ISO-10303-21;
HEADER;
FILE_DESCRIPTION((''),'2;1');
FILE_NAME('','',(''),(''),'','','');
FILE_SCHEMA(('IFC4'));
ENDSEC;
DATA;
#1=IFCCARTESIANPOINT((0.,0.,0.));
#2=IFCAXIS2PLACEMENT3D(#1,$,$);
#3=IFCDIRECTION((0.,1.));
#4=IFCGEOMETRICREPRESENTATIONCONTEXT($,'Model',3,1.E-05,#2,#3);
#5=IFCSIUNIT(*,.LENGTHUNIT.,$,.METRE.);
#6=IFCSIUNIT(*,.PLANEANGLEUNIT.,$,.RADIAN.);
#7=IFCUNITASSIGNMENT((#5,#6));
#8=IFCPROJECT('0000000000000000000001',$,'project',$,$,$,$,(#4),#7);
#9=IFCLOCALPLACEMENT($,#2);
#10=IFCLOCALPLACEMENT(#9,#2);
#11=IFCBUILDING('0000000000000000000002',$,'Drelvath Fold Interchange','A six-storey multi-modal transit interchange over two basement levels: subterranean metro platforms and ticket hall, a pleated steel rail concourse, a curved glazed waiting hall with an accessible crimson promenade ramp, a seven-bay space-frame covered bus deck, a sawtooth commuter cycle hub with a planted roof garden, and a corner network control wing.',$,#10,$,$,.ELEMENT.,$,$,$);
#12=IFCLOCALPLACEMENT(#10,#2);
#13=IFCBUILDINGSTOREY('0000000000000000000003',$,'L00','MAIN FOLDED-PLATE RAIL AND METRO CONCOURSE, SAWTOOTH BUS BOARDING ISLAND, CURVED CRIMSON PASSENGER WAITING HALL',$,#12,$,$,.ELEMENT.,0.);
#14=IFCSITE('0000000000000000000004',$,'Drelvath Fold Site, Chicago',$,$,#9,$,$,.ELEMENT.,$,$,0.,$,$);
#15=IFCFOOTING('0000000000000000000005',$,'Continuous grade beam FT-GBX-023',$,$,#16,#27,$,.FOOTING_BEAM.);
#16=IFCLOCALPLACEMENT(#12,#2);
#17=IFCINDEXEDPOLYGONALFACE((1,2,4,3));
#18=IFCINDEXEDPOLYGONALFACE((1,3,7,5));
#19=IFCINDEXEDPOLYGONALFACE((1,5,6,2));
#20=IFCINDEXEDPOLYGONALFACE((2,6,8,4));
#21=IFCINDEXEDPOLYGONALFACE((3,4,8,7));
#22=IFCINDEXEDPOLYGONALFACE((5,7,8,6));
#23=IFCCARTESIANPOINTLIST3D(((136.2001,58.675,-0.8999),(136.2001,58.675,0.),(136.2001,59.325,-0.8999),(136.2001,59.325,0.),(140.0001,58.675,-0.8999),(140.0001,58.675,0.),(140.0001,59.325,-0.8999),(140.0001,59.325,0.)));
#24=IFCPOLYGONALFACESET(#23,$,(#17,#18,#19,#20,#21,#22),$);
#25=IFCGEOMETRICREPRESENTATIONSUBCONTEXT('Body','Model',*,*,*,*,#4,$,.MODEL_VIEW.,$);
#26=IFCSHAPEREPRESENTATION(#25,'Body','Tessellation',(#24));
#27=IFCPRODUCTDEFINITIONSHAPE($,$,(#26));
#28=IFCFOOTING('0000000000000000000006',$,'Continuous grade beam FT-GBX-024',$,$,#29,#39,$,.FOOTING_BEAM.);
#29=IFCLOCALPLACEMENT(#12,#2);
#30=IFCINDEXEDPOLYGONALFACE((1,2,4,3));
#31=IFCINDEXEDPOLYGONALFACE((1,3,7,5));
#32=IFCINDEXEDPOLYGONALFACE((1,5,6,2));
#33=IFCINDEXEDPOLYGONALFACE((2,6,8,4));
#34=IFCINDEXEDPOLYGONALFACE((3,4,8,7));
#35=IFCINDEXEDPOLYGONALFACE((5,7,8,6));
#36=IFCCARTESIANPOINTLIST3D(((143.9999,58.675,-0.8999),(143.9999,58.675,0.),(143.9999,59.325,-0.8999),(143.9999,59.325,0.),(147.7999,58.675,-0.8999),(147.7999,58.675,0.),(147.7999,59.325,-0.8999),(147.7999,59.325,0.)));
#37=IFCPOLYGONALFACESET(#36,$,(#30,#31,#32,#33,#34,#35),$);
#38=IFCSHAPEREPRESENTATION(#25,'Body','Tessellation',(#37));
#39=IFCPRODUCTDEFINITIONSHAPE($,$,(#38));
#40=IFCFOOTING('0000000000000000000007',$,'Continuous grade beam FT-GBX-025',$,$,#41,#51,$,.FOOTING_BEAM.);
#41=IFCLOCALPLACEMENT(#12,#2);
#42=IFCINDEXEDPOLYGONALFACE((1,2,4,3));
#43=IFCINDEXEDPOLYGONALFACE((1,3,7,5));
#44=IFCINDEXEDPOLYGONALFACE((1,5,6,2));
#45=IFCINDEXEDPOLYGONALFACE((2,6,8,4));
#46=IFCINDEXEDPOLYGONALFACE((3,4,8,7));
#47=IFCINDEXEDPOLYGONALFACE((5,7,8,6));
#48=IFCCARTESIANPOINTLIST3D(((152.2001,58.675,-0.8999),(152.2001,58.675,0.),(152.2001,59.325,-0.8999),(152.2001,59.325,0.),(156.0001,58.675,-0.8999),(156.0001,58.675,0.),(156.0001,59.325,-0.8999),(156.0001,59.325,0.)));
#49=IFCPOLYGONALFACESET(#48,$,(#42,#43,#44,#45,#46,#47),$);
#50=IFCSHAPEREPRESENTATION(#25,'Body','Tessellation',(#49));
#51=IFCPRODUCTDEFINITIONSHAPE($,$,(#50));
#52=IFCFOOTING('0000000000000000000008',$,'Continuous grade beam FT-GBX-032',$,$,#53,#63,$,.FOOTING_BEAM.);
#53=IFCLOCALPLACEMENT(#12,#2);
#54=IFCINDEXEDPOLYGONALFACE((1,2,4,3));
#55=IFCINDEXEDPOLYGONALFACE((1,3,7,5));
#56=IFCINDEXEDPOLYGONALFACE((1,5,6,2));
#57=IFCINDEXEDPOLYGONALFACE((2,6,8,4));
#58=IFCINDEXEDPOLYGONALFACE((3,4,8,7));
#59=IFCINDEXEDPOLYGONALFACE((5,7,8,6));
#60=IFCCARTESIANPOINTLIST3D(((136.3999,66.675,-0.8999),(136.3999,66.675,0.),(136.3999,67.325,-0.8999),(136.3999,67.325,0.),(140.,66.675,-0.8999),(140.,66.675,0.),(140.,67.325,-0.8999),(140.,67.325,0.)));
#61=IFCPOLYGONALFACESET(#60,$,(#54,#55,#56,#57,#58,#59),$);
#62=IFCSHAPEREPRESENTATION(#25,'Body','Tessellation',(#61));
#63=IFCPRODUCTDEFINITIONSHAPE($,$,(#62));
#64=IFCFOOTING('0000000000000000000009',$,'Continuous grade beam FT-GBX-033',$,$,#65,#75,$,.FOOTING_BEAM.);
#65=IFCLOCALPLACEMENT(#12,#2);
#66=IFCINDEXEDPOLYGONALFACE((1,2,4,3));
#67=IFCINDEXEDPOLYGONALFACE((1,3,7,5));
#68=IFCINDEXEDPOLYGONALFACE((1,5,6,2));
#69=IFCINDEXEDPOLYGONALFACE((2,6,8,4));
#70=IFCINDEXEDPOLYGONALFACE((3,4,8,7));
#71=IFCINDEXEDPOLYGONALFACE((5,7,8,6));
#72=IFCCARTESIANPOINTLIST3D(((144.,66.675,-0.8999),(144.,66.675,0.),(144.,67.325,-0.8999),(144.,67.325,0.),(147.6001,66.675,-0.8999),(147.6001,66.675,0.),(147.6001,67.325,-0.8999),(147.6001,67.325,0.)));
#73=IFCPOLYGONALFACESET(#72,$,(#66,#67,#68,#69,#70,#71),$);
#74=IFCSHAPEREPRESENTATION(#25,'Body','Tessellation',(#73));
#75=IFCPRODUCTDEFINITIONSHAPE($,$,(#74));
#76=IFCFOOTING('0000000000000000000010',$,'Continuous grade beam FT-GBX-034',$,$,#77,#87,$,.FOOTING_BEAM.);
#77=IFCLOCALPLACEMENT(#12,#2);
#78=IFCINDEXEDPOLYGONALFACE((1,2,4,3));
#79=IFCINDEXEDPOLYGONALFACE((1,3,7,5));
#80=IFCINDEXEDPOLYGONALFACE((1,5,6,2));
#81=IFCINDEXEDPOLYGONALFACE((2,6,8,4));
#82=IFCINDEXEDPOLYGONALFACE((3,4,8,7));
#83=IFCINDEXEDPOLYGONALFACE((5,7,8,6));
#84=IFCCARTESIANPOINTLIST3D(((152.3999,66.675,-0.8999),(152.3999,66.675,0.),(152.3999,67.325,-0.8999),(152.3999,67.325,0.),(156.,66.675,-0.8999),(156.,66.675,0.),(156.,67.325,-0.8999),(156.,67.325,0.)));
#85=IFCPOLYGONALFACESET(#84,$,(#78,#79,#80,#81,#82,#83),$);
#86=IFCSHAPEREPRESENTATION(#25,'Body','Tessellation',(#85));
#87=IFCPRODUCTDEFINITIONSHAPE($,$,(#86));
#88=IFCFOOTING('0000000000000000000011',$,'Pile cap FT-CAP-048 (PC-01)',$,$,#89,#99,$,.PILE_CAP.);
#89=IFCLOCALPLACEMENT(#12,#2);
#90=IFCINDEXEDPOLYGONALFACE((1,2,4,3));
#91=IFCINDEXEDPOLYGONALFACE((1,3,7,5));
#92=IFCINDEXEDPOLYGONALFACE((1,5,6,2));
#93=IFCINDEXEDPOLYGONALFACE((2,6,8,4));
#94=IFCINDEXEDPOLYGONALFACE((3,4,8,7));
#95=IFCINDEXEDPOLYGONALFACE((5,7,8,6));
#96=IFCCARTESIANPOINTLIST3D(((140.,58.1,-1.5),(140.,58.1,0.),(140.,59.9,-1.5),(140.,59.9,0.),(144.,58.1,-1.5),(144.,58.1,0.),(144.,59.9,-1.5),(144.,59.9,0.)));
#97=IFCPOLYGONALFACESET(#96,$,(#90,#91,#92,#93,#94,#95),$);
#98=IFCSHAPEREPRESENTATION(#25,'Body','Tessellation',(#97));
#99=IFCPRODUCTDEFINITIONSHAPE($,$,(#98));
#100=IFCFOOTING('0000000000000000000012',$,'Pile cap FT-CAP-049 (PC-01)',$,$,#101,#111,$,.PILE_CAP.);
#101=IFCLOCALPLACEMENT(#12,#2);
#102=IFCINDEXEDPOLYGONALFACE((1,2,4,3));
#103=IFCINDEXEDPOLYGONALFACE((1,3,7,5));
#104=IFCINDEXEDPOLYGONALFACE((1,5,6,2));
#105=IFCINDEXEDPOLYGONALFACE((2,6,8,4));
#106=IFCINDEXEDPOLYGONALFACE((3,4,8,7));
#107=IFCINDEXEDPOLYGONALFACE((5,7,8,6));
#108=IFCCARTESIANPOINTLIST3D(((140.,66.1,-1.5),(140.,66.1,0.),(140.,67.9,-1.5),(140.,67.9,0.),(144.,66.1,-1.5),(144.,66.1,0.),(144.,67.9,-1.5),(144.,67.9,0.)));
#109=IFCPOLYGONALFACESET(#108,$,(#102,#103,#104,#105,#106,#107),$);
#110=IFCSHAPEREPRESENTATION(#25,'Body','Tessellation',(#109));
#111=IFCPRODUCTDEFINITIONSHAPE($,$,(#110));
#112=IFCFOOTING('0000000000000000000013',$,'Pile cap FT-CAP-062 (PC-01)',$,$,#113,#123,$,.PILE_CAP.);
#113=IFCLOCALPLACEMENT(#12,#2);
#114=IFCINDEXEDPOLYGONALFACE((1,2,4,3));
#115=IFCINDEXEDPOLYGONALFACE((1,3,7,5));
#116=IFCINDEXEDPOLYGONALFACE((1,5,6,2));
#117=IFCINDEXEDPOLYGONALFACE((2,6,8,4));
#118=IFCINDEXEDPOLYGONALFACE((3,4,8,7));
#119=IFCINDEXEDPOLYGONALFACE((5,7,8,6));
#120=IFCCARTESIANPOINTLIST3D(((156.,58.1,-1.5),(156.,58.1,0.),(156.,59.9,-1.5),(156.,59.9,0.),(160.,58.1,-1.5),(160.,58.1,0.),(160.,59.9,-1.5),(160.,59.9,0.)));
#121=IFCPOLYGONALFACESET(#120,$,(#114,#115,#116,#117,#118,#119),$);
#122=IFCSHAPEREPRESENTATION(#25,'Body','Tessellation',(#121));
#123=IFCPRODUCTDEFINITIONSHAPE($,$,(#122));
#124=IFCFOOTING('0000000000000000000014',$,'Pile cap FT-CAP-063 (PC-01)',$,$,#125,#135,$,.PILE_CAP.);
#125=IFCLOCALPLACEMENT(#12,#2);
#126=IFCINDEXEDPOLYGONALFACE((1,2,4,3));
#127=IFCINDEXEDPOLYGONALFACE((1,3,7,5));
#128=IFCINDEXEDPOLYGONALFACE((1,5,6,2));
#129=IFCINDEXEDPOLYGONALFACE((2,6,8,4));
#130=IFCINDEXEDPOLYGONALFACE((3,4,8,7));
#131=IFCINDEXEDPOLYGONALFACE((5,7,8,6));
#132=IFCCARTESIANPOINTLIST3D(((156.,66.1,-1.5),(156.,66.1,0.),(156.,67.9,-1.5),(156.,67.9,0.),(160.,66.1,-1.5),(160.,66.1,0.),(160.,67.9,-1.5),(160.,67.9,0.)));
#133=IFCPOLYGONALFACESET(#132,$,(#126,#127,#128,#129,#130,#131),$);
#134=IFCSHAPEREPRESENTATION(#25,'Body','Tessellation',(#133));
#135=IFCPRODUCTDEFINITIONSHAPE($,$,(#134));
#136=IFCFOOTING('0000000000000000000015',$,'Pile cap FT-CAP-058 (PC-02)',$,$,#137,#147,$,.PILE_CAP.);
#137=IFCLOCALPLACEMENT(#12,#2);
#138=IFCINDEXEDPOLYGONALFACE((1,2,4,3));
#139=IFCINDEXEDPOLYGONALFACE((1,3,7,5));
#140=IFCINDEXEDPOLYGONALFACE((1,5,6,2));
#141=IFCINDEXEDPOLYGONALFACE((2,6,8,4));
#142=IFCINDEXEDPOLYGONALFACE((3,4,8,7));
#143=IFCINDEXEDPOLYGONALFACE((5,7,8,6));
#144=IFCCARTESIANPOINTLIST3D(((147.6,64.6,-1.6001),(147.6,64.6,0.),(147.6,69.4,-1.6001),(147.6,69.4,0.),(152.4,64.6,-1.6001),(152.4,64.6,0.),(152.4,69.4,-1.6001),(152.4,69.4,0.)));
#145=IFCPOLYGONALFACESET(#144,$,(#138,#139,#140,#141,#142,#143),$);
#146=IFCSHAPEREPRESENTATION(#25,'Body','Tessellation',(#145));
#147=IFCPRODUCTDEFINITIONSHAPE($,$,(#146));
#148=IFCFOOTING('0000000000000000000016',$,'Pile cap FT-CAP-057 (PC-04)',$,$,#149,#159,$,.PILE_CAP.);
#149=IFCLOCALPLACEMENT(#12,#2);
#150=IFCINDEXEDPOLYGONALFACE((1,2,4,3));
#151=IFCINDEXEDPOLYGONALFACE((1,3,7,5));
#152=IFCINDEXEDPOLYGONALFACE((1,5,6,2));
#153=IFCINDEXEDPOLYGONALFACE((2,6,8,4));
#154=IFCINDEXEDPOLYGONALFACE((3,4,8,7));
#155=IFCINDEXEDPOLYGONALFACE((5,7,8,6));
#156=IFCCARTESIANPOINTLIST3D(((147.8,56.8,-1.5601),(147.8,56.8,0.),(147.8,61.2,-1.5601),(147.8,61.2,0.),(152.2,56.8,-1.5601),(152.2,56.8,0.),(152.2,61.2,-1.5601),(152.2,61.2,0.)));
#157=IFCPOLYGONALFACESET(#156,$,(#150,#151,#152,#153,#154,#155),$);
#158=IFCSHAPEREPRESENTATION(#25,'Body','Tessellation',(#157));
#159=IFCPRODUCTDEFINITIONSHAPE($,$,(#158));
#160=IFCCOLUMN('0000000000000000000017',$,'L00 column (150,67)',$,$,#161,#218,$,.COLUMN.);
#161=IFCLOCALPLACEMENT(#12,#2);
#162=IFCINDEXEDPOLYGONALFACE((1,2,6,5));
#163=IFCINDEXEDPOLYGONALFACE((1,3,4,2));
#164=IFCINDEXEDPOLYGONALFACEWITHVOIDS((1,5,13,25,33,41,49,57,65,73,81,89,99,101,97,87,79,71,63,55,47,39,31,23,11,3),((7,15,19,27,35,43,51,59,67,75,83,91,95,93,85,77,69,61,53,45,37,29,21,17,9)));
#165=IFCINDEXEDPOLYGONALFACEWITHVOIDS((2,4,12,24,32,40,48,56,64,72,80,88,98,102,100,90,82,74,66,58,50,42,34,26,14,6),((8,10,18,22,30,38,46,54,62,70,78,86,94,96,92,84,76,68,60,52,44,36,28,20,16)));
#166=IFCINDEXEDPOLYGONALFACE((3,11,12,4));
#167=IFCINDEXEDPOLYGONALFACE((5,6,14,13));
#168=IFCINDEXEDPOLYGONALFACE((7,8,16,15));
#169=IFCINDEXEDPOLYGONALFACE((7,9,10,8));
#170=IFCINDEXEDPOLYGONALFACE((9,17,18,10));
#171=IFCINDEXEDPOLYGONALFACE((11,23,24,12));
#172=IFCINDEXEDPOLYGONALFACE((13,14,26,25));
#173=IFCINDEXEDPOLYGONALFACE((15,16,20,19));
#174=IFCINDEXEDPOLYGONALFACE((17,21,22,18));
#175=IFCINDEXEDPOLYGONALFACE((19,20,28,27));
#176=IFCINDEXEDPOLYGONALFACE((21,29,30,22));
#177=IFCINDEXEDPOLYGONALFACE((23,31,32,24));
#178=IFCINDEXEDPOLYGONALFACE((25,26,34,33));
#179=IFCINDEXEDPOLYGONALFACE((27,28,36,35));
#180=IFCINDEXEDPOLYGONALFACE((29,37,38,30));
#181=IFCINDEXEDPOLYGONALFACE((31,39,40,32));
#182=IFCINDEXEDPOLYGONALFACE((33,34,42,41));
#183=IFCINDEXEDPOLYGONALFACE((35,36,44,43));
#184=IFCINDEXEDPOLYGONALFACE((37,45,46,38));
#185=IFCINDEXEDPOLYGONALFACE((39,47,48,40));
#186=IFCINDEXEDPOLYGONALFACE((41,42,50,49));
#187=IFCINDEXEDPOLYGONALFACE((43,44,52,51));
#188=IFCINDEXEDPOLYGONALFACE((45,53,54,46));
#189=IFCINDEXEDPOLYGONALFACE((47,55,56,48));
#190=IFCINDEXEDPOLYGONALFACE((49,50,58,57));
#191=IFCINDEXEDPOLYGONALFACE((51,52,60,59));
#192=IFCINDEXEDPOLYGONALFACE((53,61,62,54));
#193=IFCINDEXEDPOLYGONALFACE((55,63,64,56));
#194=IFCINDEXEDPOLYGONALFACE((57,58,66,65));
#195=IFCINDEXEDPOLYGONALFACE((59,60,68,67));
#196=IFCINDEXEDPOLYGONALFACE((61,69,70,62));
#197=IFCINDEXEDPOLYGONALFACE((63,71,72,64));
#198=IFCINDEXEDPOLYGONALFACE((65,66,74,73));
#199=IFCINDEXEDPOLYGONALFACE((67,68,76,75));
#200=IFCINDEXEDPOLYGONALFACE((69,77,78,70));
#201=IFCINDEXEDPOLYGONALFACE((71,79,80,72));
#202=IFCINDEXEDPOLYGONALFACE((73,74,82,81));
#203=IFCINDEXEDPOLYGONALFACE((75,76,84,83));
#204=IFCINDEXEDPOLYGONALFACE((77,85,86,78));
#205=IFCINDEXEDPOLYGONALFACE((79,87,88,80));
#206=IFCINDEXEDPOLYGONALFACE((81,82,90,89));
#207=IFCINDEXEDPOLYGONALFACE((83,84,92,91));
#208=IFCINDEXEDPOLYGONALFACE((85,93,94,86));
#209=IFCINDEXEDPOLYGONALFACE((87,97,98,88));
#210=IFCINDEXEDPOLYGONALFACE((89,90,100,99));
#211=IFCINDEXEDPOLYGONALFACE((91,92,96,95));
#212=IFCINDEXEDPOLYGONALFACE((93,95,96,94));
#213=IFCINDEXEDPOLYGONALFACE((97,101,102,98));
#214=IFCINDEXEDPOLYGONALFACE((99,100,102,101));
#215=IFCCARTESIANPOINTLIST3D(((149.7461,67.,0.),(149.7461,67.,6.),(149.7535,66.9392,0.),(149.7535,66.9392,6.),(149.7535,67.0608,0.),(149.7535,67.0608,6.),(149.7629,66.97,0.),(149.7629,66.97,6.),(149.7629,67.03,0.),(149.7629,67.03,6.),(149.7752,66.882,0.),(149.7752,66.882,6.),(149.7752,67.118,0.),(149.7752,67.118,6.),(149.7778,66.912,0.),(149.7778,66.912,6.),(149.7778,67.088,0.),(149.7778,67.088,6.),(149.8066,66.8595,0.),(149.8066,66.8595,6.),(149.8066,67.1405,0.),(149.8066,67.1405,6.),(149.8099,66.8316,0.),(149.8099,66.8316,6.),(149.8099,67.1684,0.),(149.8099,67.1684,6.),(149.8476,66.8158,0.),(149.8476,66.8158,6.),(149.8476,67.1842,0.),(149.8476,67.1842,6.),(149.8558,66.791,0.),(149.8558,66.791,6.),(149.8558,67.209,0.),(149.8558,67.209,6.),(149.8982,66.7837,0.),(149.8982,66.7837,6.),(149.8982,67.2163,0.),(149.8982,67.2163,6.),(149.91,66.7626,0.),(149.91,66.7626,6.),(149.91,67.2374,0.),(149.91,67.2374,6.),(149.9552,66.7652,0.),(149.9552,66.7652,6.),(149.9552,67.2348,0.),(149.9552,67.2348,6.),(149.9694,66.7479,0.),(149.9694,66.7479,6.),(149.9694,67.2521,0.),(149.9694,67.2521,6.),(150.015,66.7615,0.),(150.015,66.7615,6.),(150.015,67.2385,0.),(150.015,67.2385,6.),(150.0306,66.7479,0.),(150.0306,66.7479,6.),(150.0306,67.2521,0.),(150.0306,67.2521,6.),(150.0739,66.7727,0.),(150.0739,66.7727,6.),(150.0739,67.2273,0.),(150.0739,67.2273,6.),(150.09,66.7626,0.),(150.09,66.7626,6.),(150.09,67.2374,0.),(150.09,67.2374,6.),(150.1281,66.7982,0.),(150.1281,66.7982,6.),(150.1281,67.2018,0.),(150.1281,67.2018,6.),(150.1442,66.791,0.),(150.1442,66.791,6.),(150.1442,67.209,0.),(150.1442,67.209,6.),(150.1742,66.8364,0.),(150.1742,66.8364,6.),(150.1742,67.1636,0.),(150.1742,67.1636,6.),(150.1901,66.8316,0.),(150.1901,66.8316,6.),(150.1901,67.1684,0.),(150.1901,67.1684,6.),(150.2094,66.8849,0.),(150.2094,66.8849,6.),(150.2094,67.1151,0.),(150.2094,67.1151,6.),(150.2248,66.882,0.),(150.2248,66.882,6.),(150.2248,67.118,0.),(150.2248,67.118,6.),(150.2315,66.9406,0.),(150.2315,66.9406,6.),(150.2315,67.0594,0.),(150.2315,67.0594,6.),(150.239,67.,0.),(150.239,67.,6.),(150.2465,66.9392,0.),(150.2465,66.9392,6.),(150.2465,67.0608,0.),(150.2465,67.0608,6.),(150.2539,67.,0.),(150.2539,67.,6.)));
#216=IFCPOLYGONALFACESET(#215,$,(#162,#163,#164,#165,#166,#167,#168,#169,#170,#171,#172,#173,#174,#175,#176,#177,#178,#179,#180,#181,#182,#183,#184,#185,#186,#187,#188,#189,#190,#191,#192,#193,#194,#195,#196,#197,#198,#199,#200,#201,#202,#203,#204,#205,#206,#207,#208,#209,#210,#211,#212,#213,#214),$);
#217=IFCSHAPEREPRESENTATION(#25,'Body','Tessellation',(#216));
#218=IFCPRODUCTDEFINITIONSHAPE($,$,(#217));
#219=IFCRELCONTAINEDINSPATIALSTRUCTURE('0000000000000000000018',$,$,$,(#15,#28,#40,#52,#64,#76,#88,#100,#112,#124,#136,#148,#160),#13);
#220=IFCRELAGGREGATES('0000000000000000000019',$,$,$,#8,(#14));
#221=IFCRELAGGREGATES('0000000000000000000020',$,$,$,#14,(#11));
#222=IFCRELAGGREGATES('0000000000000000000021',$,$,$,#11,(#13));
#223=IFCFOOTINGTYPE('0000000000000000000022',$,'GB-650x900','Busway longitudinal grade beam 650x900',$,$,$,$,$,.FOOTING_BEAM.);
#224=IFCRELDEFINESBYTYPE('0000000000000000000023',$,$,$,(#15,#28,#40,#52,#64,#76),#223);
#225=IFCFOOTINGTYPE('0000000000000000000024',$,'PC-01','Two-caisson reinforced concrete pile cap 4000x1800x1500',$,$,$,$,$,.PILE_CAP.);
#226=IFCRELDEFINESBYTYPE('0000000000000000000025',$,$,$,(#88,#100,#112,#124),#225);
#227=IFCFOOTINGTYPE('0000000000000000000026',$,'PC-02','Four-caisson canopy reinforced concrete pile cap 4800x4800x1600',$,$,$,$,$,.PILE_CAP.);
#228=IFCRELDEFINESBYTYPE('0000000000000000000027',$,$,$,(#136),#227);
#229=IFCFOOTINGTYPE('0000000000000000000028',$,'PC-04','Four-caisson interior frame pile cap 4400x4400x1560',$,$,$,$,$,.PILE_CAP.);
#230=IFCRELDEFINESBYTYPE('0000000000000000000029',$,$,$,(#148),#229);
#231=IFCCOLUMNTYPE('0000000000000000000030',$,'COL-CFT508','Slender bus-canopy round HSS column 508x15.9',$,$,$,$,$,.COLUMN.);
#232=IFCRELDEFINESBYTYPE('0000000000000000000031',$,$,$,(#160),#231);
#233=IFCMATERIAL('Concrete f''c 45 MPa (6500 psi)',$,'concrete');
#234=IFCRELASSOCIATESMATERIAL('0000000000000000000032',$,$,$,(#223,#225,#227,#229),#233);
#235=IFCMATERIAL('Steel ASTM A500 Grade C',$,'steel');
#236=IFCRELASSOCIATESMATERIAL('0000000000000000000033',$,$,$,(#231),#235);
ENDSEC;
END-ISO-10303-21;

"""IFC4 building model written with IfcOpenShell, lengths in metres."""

from ifc_helpers import new_model, si_unit, direction, frame, origin, origin_2d, place, context, subcontext, project, spatial, rectangle, hollow_circle, extrude, material, material_profile, profile_set, type_object, element, save


model = new_model("IFC4")

# Units and contexts
model_context = context("Model", 3, precision=1e-05, world=origin(), true_north=direction((0.0, 1.0)))
body_context = subcontext(model_context, "Body", "Model", "MODEL_VIEW")
ifc_project = project(units=[si_unit("LENGTHUNIT", "METRE"), si_unit("PLANEANGLEUNIT", "RADIAN")], contexts=[model_context])

# Site, building, storey
site_placement = place(None, origin())
site = spatial("IfcSite", under=ifc_project, at=site_placement, Name="Drelvath Fold Site, Chicago", CompositionType="ELEMENT", RefElevation=0.0)
building_placement = place(site_placement, origin())
building = spatial("IfcBuilding", under=site, at=building_placement, Name="Drelvath Fold Interchange", Description="A six-storey multi-modal transit interchange over two basement levels: subterranean metro platforms and ticket hall, a pleated steel rail concourse, a curved glazed waiting hall with an accessible crimson promenade ramp, a seven-bay space-frame covered bus deck, a sawtooth commuter cycle hub with a planted roof garden, and a corner network control wing.", CompositionType="ELEMENT")
storey_placement = place(building_placement, origin())
storey = spatial("IfcBuildingStorey", under=building, at=storey_placement, Name="L00", Description="MAIN FOLDED-PLATE RAIL AND METRO CONCOURSE, SAWTOOTH BUS BOARDING ISLAND, CURVED CRIMSON PASSENGER WAITING HALL", CompositionType="ELEMENT", Elevation=0.0)

# Footings
ifc_material_1 = material(Name="Concrete f'c 45 MPa (6500 psi)", Category="concrete")
footing_type_1 = type_object("IfcFootingType", Name="GB-650x900", Description="Busway longitudinal grade beam 650x900", PredefinedType="FOOTING_BEAM", material=ifc_material_1)
for number, where, z_axis, x_axis, name in (
    (1, (138.1001, 59.0, -0.8999), (0.0, 0.0, 1.0), (1.0, 0.0, 0.0), "Continuous grade beam FT-GBX-023"),
    (2, (145.8999, 59.0, -0.8999), (0.0, 0.0, 1.0), (1.0, 0.0, 0.0), "Continuous grade beam FT-GBX-024"),
    (3, (154.1001, 59.0, -0.8999), (0.0, 0.0, 1.0), (1.0, 0.0, 0.0), "Continuous grade beam FT-GBX-025"),
):
    element("IfcFooting", number, at=place(storey_placement, frame(where, z_axis=z_axis, x_axis=x_axis)), inside=storey, type_object=footing_type_1, Name=name, PredefinedType="FOOTING_BEAM", context=body_context, shape_type="SweptSolid", body=[
        extrude(rectangle(XDim=3.8, YDim=0.6499, at=origin_2d()), origin(), (0.0, 0.0, 1.0), 0.8999),
    ])
for number, where, z_axis, x_axis, name in (
    (4, (138.2, 67.0, -0.8999), (0.0, 0.0, 1.0), (1.0, 0.0, 0.0), "Continuous grade beam FT-GBX-032"),
    (5, (145.8, 67.0, -0.8999), (0.0, 0.0, 1.0), (1.0, 0.0, 0.0), "Continuous grade beam FT-GBX-033"),
    (6, (154.2, 67.0, -0.8999), (0.0, 0.0, 1.0), (1.0, 0.0, 0.0), "Continuous grade beam FT-GBX-034"),
):
    element("IfcFooting", number, at=place(storey_placement, frame(where, z_axis=z_axis, x_axis=x_axis)), inside=storey, type_object=footing_type_1, Name=name, PredefinedType="FOOTING_BEAM", context=body_context, shape_type="SweptSolid", body=[
        extrude(rectangle(XDim=3.6001, YDim=0.6499, at=origin_2d()), origin(), (0.0, 0.0, 1.0), 0.8999),
    ])
footing_type_2 = type_object("IfcFootingType", Name="PC-01", Description="Two-caisson reinforced concrete pile cap 4000x1800x1500", PredefinedType="PILE_CAP", material=ifc_material_1)
for number, where, z_axis, x_axis, name in (
    (7, (142.0, 59.0, -1.5), (0.0, 0.0, 1.0), (1.0, 0.0, 0.0), "Pile cap FT-CAP-048 (PC-01)"),
    (8, (142.0, 67.0, -1.5), (0.0, 0.0, 1.0), (1.0, 0.0, 0.0), "Pile cap FT-CAP-049 (PC-01)"),
    (9, (158.0, 59.0, -1.5), (0.0, 0.0, 1.0), (1.0, 0.0, 0.0), "Pile cap FT-CAP-062 (PC-01)"),
    (10, (158.0, 67.0, -1.5), (0.0, 0.0, 1.0), (1.0, 0.0, 0.0), "Pile cap FT-CAP-063 (PC-01)"),
):
    element("IfcFooting", number, at=place(storey_placement, frame(where, z_axis=z_axis, x_axis=x_axis)), inside=storey, type_object=footing_type_2, Name=name, PredefinedType="PILE_CAP", context=body_context, shape_type="SweptSolid", body=[
        extrude(rectangle(XDim=4.0, YDim=1.8, at=origin_2d()), origin(), (0.0, 0.0, 1.0), 1.5),
    ])
footing_type_3 = type_object("IfcFootingType", Name="PC-02", Description="Four-caisson canopy reinforced concrete pile cap 4800x4800x1600", PredefinedType="PILE_CAP", material=ifc_material_1)
footing_1_placement = place(storey_placement, frame((150.0, 67.0, -1.6001), z_axis=(0.0, 0.0, 1.0), x_axis=(1.0, 0.0, 0.0)))
element("IfcFooting", 11, at=footing_1_placement, inside=storey, type_object=footing_type_3, Name="Pile cap FT-CAP-058 (PC-02)", PredefinedType="PILE_CAP", context=body_context, shape_type="SweptSolid", body=[
    extrude(rectangle(XDim=4.8, YDim=4.8, at=origin_2d()), origin(), (0.0, 0.0, 1.0), 1.6001),
])
footing_type_4 = type_object("IfcFootingType", Name="PC-04", Description="Four-caisson interior frame pile cap 4400x4400x1560", PredefinedType="PILE_CAP", material=ifc_material_1)
footing_2_placement = place(storey_placement, frame((150.0, 59.0, -1.5601), z_axis=(0.0, 0.0, 1.0), x_axis=(1.0, 0.0, 0.0)))
element("IfcFooting", 12, at=footing_2_placement, inside=storey, type_object=footing_type_4, Name="Pile cap FT-CAP-057 (PC-04)", PredefinedType="PILE_CAP", context=body_context, shape_type="SweptSolid", body=[
    extrude(rectangle(XDim=4.3999, YDim=4.3999, at=origin_2d()), origin(), (0.0, 0.0, 1.0), 1.5601),
])

# Column
ifc_material_2 = material(Name="Steel ASTM A500 Grade C", Category="steel")
ifc_material_profile_1 = material_profile(ifc_material_2, hollow_circle(Radius=0.2539, WallThickness=0.0149, at=origin_2d()), Name="HSS20.000X0.625")
ifc_profile_set_1 = profile_set([ifc_material_profile_1], Name="Steel ASTM A500 Grade C")
column_type_1 = type_object("IfcColumnType", Name="COL-CFT508", Description="Slender bus-canopy round HSS column 508x15.9", PredefinedType="COLUMN", material=ifc_profile_set_1)
column_1_placement = place(storey_placement, frame((150.0, 67.0, 0.0), z_axis=(0.0, 0.0, 1.0), x_axis=(1.0, 0.0, 0.0)))
element("IfcColumn", 13, at=column_1_placement, inside=storey, type_object=column_type_1, Name="L00 column (150,67)", PredefinedType="COLUMN", context=body_context, shape_type="SweptSolid", body=[
    extrude(hollow_circle(Radius=0.2539, WallThickness=0.0149, at=origin_2d()), origin(), (0.0, 0.0, 1.0), 6.0),
])

save(model, "model.ifc")
